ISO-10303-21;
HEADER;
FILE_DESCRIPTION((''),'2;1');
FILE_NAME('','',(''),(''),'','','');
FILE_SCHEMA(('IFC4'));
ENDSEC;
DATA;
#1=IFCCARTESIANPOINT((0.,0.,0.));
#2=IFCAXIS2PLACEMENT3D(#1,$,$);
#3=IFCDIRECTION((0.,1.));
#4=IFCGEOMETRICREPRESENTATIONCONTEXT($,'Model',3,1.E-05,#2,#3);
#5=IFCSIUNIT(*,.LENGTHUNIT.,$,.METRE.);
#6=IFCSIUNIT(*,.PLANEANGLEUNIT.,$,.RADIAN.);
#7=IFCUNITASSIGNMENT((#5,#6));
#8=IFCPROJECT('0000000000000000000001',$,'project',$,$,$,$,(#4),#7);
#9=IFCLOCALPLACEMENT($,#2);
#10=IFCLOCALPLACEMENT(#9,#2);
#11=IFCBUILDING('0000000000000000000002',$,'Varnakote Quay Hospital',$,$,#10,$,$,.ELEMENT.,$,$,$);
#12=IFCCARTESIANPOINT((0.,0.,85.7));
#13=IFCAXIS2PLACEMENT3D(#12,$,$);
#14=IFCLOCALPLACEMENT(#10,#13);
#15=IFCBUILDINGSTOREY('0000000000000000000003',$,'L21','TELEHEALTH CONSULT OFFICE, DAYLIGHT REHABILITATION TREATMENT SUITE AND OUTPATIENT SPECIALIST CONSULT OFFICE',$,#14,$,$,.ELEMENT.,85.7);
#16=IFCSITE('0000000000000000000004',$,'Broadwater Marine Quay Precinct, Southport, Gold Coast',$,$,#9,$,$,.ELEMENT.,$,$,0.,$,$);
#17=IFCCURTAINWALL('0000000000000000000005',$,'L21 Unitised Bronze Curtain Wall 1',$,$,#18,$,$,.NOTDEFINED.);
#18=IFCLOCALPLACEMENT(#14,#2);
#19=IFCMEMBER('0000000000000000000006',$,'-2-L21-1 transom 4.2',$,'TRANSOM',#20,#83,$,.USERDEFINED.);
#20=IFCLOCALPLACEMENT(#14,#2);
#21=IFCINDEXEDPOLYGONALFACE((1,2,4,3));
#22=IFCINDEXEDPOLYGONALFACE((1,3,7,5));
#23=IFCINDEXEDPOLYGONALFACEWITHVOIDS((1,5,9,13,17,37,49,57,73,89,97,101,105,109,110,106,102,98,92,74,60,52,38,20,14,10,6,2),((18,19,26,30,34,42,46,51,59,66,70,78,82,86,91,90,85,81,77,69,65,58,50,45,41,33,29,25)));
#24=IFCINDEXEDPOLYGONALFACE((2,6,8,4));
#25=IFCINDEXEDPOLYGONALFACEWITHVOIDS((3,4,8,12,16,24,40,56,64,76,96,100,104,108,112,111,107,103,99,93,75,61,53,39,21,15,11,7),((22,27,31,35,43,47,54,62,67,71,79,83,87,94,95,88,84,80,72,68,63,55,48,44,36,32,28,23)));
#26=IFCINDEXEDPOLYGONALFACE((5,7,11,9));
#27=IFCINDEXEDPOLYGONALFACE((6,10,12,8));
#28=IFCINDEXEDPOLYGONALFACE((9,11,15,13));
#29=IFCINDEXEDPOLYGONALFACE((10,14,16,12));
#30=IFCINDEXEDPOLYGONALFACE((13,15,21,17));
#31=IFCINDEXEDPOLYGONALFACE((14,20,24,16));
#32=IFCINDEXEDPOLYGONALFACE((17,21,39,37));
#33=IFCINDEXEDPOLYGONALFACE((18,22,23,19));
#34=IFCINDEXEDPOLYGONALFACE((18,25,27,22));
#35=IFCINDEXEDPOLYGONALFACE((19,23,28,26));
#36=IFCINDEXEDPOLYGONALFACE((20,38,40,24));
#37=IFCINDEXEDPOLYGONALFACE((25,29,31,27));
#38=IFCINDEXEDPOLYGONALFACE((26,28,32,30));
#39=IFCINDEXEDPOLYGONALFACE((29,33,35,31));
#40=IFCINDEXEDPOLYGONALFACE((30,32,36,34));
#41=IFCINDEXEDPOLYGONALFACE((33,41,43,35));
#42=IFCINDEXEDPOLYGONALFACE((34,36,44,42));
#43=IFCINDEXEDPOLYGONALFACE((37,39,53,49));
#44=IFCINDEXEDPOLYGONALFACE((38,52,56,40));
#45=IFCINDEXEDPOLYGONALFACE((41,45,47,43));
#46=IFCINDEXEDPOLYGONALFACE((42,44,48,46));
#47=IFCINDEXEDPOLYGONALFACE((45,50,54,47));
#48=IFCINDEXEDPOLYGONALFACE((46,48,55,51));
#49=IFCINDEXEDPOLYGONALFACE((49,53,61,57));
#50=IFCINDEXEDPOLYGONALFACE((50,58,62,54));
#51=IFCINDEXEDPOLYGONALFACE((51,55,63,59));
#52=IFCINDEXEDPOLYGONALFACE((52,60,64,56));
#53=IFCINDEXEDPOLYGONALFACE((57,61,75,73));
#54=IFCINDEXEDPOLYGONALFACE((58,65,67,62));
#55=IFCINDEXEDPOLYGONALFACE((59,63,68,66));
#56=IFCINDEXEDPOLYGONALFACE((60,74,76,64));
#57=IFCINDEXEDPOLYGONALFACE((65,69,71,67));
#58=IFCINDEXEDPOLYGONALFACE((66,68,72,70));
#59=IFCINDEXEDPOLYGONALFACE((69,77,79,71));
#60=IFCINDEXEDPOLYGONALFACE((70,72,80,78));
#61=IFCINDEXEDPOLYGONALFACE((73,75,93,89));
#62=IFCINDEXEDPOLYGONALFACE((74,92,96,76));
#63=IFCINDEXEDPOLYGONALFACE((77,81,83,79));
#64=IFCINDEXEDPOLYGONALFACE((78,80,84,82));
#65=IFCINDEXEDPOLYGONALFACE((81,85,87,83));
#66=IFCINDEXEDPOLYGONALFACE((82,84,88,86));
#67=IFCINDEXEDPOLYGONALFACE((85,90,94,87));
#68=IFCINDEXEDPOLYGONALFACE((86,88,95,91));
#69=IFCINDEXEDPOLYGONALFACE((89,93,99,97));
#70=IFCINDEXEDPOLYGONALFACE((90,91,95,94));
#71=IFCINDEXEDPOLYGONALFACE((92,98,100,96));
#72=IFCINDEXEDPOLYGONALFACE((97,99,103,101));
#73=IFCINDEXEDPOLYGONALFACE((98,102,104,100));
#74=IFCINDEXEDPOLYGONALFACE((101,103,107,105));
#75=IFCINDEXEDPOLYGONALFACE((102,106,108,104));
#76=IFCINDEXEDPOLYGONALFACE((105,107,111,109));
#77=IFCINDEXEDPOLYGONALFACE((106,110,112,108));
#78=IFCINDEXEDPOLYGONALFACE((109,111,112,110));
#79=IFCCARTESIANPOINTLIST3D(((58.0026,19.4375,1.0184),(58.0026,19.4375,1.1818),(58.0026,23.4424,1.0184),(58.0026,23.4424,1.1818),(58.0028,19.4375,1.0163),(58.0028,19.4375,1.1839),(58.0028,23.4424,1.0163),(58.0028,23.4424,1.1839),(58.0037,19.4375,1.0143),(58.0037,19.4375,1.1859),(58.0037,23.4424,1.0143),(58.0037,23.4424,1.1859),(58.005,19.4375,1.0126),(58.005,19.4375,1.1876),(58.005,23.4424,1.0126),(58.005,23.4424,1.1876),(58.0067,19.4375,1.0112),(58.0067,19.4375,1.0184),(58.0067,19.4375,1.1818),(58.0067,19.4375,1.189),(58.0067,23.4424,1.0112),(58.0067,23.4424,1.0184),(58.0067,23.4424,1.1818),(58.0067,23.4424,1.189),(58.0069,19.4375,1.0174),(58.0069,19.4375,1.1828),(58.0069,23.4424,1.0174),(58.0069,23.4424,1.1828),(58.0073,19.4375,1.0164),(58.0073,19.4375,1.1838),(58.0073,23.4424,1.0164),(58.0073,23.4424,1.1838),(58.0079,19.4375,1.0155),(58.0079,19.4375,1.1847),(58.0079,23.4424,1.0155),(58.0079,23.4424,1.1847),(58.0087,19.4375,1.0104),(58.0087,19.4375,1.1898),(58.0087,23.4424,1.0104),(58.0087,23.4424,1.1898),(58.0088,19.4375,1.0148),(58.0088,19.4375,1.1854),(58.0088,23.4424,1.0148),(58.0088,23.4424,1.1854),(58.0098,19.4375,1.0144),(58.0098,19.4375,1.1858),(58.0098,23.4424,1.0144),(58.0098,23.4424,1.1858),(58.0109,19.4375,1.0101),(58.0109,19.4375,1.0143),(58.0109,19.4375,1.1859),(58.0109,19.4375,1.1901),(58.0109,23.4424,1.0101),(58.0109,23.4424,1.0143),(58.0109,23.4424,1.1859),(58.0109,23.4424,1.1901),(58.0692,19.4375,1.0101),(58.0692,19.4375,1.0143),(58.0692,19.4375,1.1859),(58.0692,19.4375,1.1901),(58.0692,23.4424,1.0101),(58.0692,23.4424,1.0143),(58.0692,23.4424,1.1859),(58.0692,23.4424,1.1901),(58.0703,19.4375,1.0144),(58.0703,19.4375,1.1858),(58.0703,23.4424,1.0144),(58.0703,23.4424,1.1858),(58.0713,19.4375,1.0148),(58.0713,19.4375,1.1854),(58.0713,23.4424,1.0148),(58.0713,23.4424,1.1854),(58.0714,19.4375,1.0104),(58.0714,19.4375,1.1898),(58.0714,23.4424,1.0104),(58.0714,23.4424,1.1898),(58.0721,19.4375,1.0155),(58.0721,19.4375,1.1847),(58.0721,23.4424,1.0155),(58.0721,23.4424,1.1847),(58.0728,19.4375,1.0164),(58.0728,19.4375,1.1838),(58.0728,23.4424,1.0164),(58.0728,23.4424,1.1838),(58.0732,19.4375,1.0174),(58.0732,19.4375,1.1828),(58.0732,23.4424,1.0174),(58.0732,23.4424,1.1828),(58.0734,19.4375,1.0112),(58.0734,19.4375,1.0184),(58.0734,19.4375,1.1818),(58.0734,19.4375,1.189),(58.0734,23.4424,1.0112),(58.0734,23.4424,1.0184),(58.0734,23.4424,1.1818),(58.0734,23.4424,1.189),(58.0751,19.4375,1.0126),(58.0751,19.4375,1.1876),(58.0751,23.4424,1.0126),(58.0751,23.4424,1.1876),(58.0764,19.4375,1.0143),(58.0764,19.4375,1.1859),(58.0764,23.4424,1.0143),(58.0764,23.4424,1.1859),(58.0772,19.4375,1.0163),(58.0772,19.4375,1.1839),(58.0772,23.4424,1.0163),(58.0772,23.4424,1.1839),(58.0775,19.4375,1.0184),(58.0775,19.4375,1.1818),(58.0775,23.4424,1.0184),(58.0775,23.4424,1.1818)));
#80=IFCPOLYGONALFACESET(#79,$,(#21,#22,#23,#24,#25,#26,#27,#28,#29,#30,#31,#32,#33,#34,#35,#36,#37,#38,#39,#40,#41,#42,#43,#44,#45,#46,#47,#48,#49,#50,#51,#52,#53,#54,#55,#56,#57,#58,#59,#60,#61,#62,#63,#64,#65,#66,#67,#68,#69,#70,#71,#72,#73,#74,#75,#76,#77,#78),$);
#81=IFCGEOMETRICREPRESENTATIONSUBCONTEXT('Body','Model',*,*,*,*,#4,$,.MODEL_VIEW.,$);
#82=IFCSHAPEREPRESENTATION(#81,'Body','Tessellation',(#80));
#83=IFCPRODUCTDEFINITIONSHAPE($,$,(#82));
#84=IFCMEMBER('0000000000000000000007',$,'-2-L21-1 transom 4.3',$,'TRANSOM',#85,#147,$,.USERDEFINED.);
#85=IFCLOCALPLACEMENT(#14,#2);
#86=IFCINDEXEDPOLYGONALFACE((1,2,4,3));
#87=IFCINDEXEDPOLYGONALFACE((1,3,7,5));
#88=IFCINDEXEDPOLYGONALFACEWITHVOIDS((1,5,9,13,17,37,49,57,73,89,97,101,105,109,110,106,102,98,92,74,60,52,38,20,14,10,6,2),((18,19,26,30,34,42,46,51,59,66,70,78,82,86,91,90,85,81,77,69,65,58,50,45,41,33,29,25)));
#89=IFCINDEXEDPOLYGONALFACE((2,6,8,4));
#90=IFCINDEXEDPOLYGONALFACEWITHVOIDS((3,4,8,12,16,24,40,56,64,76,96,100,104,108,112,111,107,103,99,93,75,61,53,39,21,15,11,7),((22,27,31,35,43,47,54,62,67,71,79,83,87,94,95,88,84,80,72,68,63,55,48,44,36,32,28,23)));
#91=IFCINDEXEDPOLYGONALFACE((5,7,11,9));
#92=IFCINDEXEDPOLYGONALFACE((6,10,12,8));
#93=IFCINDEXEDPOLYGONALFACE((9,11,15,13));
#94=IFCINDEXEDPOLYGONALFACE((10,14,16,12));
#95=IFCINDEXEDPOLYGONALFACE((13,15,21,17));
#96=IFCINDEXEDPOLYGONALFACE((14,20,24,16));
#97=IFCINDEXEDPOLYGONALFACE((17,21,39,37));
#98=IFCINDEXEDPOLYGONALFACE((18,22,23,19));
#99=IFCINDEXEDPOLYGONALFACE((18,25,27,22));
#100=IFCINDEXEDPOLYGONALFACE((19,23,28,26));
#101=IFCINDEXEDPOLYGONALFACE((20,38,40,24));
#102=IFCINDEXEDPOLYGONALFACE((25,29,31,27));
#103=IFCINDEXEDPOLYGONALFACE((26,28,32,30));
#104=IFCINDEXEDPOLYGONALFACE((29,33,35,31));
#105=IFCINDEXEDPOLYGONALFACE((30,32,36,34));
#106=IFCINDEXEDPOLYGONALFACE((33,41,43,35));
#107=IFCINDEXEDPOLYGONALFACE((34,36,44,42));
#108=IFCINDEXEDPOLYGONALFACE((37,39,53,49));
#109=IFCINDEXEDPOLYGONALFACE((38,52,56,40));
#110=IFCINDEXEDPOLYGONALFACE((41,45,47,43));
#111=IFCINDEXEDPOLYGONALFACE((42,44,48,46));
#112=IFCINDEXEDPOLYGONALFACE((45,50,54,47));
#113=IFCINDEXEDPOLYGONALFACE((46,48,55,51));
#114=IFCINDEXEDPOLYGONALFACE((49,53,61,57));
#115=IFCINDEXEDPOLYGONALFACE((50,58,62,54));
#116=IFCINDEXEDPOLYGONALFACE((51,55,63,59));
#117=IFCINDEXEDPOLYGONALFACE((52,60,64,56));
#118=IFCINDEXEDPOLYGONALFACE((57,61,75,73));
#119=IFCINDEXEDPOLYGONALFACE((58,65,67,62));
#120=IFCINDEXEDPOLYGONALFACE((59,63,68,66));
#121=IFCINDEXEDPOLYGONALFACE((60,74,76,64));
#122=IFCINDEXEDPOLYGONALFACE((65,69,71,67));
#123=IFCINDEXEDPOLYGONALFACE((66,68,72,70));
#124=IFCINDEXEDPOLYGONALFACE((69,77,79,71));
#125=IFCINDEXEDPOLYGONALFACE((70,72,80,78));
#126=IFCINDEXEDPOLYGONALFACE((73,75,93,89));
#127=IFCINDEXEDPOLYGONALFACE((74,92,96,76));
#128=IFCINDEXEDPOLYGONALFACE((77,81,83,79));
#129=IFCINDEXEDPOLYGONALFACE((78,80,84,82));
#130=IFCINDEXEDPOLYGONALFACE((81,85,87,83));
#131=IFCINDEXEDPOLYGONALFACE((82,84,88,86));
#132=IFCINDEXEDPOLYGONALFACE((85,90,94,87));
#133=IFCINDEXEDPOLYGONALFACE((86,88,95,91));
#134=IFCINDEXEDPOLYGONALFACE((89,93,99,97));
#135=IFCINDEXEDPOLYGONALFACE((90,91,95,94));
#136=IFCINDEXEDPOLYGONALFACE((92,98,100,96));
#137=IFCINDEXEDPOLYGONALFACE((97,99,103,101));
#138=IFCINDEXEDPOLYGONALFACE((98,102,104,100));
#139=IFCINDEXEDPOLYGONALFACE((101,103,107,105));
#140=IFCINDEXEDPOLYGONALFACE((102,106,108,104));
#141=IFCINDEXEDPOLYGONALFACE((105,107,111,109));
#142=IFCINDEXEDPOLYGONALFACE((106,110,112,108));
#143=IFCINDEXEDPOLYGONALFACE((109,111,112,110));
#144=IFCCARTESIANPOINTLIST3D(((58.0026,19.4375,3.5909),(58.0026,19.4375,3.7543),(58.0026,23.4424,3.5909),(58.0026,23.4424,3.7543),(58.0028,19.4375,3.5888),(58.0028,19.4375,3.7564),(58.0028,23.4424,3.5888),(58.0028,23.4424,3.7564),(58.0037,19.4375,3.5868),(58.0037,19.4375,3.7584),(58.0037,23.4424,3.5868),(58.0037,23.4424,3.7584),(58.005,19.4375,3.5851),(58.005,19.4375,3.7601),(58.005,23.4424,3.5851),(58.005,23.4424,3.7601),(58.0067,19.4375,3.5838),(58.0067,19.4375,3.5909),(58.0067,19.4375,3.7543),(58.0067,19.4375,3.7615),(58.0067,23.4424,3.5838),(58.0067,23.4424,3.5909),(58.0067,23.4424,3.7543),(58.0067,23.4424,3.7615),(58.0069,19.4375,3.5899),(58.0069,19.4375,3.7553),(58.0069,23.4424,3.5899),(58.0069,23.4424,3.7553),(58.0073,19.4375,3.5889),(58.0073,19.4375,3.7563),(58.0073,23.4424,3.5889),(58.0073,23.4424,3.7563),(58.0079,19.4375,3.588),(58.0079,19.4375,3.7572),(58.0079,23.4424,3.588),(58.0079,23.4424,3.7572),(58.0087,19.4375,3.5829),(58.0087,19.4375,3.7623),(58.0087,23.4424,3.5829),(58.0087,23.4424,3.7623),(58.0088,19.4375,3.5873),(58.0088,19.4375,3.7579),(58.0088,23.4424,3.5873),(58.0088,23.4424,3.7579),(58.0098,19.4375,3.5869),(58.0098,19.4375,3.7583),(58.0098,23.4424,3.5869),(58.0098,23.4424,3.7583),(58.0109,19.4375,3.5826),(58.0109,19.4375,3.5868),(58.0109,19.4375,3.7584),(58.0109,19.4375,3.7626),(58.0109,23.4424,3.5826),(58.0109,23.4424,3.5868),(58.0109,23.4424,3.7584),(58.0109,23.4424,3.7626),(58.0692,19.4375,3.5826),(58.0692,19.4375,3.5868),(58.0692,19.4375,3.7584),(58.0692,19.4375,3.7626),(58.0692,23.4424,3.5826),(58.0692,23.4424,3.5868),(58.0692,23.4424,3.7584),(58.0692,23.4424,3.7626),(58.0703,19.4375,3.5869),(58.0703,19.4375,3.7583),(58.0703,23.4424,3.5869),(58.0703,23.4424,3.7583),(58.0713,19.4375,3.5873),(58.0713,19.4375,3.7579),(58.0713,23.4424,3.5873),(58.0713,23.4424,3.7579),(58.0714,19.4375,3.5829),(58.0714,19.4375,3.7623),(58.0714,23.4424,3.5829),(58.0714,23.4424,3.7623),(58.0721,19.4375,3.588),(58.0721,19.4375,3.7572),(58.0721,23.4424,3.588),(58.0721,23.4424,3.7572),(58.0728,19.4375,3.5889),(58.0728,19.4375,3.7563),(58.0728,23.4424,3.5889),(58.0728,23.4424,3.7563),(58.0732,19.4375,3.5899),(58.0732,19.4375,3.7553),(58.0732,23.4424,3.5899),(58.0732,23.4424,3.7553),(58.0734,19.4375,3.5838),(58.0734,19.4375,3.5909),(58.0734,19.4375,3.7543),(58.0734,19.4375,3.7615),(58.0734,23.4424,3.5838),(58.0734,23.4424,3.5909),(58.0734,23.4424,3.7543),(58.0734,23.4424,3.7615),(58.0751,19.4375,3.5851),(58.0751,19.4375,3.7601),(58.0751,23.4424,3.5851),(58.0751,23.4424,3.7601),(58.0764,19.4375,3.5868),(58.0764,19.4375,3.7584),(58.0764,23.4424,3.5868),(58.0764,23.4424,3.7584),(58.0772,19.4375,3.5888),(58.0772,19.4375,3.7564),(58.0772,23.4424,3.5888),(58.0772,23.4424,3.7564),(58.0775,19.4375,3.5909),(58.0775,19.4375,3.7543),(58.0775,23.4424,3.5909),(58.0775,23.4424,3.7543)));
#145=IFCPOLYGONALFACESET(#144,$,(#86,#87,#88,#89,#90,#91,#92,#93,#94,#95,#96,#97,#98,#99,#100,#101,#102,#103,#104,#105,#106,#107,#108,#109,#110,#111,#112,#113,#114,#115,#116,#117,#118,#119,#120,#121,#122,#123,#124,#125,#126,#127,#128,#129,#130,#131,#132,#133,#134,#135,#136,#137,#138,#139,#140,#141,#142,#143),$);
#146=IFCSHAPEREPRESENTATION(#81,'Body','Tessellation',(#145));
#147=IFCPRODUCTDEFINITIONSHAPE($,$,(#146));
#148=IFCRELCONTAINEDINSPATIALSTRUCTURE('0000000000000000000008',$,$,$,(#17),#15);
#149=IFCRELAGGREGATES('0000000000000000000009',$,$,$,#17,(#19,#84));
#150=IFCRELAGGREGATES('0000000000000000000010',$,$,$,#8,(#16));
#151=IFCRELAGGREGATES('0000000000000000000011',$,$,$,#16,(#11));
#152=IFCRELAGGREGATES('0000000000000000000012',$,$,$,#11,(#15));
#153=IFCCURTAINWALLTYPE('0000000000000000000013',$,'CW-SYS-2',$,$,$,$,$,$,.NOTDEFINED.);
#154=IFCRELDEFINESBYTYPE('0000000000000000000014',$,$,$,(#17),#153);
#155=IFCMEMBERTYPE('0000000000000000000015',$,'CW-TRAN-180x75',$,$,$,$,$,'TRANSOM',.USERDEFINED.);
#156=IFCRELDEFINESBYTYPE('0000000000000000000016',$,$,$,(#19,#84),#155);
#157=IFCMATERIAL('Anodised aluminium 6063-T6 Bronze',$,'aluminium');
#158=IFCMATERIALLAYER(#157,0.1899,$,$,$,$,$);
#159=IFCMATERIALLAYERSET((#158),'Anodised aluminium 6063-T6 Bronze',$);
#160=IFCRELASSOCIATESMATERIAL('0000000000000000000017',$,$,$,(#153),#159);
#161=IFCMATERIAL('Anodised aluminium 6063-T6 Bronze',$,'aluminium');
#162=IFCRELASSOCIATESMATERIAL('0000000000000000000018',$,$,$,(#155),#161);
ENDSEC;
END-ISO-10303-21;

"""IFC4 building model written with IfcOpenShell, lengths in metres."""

from ifc_helpers import new_model, si_unit, direction, frame, origin, origin_2d, place, context, subcontext, project, spatial, hollow_rectangle, extrude, material, layer, layer_set, material_profile, profile_set, type_object, element, aggregate, save


model = new_model("IFC4")

# Units and contexts
model_context = context("Model", 3, precision=1e-05, world=origin(), true_north=direction((0.0, 1.0)))
body_context = subcontext(model_context, "Body", "Model", "MODEL_VIEW")
ifc_project = project(units=[si_unit("LENGTHUNIT", "METRE"), si_unit("PLANEANGLEUNIT", "RADIAN")], contexts=[model_context])

# Site, building, storey
site_placement = place(None, origin())
site = spatial("IfcSite", under=ifc_project, at=site_placement, Name="Broadwater Marine Quay Precinct, Southport, Gold Coast", CompositionType="ELEMENT", RefElevation=0.0)
building_placement = place(site_placement, origin())
building = spatial("IfcBuilding", under=site, at=building_placement, Name="Varnakote Quay Hospital", CompositionType="ELEMENT")
storey_placement = place(building_placement, frame((0.0, 0.0, 85.7)))
storey = spatial("IfcBuildingStorey", under=building, at=storey_placement, Name="L21", Description="TELEHEALTH CONSULT OFFICE, DAYLIGHT REHABILITATION TREATMENT SUITE AND OUTPATIENT SPECIALIST CONSULT OFFICE", CompositionType="ELEMENT", Elevation=85.7)

# Curtain wall, members
ifc_material_1 = material(Name="Anodised aluminium 6063-T6 Bronze", Category="aluminium")
ifc_layer_1 = layer(ifc_material_1, 0.1899)
ifc_layer_set_1 = layer_set([ifc_layer_1], Name="Anodised aluminium 6063-T6 Bronze")
curtain_wall_type = type_object("IfcCurtainWallType", Name="CW-SYS-2", PredefinedType="NOTDEFINED", material=ifc_layer_set_1)
curtain_wall_placement = place(storey_placement, origin())
curtain_wall = element("IfcCurtainWall", 1, at=curtain_wall_placement, inside=storey, type_object=curtain_wall_type, Name="L21 Unitised Bronze Curtain Wall 1", PredefinedType="NOTDEFINED")
ifc_material_2 = material(Name="Anodised aluminium 6063-T6 Bronze", Category="aluminium")
ifc_material_profile_1 = material_profile(ifc_material_2, hollow_rectangle(XDim=0.075, YDim=0.1799, WallThickness=0.0042, InnerFilletRadius=0.0042, OuterFilletRadius=0.0083, at=origin_2d()), Name="CW-TRAN-180x75")
ifc_profile_set_1 = profile_set([ifc_material_profile_1], Name="Anodised aluminium 6063-T6 Bronze")
member_type_1 = type_object("IfcMemberType", Name="CW-TRAN-180x75", ElementType="TRANSOM", PredefinedType="USERDEFINED", material=ifc_profile_set_1)
member_1_placement = place(storey_placement, frame((58.04, 19.4375, 1.1001), z_axis=(0.0, 1.0, 0.0), x_axis=(-1.0, 0.0, 0.0)))
member_1 = element("IfcMember", 2, at=member_1_placement, type_object=member_type_1, Name="-2-L21-1 transom 4.2", ObjectType="TRANSOM", PredefinedType="USERDEFINED", context=body_context, shape_type="SweptSolid", body=[
    extrude(hollow_rectangle(XDim=0.075, YDim=0.1799, WallThickness=0.0042, InnerFilletRadius=0.0042, OuterFilletRadius=0.0083, at=origin_2d()), origin(), (0.0, 0.0, 1.0), 4.0049),
])
member_2_placement = place(storey_placement, frame((58.04, 19.4375, 3.6726), z_axis=(0.0, 1.0, 0.0), x_axis=(-1.0, 0.0, 0.0)))
member_2 = element("IfcMember", 3, at=member_2_placement, type_object=member_type_1, Name="-2-L21-1 transom 4.3", ObjectType="TRANSOM", PredefinedType="USERDEFINED", context=body_context, shape_type="SweptSolid", body=[
    extrude(hollow_rectangle(XDim=0.075, YDim=0.1799, WallThickness=0.0042, InnerFilletRadius=0.0042, OuterFilletRadius=0.0083, at=origin_2d()), origin(), (0.0, 0.0, 1.0), 4.0049),
])
aggregate(curtain_wall, [member_1, member_2])

save(model, "model.ifc")
